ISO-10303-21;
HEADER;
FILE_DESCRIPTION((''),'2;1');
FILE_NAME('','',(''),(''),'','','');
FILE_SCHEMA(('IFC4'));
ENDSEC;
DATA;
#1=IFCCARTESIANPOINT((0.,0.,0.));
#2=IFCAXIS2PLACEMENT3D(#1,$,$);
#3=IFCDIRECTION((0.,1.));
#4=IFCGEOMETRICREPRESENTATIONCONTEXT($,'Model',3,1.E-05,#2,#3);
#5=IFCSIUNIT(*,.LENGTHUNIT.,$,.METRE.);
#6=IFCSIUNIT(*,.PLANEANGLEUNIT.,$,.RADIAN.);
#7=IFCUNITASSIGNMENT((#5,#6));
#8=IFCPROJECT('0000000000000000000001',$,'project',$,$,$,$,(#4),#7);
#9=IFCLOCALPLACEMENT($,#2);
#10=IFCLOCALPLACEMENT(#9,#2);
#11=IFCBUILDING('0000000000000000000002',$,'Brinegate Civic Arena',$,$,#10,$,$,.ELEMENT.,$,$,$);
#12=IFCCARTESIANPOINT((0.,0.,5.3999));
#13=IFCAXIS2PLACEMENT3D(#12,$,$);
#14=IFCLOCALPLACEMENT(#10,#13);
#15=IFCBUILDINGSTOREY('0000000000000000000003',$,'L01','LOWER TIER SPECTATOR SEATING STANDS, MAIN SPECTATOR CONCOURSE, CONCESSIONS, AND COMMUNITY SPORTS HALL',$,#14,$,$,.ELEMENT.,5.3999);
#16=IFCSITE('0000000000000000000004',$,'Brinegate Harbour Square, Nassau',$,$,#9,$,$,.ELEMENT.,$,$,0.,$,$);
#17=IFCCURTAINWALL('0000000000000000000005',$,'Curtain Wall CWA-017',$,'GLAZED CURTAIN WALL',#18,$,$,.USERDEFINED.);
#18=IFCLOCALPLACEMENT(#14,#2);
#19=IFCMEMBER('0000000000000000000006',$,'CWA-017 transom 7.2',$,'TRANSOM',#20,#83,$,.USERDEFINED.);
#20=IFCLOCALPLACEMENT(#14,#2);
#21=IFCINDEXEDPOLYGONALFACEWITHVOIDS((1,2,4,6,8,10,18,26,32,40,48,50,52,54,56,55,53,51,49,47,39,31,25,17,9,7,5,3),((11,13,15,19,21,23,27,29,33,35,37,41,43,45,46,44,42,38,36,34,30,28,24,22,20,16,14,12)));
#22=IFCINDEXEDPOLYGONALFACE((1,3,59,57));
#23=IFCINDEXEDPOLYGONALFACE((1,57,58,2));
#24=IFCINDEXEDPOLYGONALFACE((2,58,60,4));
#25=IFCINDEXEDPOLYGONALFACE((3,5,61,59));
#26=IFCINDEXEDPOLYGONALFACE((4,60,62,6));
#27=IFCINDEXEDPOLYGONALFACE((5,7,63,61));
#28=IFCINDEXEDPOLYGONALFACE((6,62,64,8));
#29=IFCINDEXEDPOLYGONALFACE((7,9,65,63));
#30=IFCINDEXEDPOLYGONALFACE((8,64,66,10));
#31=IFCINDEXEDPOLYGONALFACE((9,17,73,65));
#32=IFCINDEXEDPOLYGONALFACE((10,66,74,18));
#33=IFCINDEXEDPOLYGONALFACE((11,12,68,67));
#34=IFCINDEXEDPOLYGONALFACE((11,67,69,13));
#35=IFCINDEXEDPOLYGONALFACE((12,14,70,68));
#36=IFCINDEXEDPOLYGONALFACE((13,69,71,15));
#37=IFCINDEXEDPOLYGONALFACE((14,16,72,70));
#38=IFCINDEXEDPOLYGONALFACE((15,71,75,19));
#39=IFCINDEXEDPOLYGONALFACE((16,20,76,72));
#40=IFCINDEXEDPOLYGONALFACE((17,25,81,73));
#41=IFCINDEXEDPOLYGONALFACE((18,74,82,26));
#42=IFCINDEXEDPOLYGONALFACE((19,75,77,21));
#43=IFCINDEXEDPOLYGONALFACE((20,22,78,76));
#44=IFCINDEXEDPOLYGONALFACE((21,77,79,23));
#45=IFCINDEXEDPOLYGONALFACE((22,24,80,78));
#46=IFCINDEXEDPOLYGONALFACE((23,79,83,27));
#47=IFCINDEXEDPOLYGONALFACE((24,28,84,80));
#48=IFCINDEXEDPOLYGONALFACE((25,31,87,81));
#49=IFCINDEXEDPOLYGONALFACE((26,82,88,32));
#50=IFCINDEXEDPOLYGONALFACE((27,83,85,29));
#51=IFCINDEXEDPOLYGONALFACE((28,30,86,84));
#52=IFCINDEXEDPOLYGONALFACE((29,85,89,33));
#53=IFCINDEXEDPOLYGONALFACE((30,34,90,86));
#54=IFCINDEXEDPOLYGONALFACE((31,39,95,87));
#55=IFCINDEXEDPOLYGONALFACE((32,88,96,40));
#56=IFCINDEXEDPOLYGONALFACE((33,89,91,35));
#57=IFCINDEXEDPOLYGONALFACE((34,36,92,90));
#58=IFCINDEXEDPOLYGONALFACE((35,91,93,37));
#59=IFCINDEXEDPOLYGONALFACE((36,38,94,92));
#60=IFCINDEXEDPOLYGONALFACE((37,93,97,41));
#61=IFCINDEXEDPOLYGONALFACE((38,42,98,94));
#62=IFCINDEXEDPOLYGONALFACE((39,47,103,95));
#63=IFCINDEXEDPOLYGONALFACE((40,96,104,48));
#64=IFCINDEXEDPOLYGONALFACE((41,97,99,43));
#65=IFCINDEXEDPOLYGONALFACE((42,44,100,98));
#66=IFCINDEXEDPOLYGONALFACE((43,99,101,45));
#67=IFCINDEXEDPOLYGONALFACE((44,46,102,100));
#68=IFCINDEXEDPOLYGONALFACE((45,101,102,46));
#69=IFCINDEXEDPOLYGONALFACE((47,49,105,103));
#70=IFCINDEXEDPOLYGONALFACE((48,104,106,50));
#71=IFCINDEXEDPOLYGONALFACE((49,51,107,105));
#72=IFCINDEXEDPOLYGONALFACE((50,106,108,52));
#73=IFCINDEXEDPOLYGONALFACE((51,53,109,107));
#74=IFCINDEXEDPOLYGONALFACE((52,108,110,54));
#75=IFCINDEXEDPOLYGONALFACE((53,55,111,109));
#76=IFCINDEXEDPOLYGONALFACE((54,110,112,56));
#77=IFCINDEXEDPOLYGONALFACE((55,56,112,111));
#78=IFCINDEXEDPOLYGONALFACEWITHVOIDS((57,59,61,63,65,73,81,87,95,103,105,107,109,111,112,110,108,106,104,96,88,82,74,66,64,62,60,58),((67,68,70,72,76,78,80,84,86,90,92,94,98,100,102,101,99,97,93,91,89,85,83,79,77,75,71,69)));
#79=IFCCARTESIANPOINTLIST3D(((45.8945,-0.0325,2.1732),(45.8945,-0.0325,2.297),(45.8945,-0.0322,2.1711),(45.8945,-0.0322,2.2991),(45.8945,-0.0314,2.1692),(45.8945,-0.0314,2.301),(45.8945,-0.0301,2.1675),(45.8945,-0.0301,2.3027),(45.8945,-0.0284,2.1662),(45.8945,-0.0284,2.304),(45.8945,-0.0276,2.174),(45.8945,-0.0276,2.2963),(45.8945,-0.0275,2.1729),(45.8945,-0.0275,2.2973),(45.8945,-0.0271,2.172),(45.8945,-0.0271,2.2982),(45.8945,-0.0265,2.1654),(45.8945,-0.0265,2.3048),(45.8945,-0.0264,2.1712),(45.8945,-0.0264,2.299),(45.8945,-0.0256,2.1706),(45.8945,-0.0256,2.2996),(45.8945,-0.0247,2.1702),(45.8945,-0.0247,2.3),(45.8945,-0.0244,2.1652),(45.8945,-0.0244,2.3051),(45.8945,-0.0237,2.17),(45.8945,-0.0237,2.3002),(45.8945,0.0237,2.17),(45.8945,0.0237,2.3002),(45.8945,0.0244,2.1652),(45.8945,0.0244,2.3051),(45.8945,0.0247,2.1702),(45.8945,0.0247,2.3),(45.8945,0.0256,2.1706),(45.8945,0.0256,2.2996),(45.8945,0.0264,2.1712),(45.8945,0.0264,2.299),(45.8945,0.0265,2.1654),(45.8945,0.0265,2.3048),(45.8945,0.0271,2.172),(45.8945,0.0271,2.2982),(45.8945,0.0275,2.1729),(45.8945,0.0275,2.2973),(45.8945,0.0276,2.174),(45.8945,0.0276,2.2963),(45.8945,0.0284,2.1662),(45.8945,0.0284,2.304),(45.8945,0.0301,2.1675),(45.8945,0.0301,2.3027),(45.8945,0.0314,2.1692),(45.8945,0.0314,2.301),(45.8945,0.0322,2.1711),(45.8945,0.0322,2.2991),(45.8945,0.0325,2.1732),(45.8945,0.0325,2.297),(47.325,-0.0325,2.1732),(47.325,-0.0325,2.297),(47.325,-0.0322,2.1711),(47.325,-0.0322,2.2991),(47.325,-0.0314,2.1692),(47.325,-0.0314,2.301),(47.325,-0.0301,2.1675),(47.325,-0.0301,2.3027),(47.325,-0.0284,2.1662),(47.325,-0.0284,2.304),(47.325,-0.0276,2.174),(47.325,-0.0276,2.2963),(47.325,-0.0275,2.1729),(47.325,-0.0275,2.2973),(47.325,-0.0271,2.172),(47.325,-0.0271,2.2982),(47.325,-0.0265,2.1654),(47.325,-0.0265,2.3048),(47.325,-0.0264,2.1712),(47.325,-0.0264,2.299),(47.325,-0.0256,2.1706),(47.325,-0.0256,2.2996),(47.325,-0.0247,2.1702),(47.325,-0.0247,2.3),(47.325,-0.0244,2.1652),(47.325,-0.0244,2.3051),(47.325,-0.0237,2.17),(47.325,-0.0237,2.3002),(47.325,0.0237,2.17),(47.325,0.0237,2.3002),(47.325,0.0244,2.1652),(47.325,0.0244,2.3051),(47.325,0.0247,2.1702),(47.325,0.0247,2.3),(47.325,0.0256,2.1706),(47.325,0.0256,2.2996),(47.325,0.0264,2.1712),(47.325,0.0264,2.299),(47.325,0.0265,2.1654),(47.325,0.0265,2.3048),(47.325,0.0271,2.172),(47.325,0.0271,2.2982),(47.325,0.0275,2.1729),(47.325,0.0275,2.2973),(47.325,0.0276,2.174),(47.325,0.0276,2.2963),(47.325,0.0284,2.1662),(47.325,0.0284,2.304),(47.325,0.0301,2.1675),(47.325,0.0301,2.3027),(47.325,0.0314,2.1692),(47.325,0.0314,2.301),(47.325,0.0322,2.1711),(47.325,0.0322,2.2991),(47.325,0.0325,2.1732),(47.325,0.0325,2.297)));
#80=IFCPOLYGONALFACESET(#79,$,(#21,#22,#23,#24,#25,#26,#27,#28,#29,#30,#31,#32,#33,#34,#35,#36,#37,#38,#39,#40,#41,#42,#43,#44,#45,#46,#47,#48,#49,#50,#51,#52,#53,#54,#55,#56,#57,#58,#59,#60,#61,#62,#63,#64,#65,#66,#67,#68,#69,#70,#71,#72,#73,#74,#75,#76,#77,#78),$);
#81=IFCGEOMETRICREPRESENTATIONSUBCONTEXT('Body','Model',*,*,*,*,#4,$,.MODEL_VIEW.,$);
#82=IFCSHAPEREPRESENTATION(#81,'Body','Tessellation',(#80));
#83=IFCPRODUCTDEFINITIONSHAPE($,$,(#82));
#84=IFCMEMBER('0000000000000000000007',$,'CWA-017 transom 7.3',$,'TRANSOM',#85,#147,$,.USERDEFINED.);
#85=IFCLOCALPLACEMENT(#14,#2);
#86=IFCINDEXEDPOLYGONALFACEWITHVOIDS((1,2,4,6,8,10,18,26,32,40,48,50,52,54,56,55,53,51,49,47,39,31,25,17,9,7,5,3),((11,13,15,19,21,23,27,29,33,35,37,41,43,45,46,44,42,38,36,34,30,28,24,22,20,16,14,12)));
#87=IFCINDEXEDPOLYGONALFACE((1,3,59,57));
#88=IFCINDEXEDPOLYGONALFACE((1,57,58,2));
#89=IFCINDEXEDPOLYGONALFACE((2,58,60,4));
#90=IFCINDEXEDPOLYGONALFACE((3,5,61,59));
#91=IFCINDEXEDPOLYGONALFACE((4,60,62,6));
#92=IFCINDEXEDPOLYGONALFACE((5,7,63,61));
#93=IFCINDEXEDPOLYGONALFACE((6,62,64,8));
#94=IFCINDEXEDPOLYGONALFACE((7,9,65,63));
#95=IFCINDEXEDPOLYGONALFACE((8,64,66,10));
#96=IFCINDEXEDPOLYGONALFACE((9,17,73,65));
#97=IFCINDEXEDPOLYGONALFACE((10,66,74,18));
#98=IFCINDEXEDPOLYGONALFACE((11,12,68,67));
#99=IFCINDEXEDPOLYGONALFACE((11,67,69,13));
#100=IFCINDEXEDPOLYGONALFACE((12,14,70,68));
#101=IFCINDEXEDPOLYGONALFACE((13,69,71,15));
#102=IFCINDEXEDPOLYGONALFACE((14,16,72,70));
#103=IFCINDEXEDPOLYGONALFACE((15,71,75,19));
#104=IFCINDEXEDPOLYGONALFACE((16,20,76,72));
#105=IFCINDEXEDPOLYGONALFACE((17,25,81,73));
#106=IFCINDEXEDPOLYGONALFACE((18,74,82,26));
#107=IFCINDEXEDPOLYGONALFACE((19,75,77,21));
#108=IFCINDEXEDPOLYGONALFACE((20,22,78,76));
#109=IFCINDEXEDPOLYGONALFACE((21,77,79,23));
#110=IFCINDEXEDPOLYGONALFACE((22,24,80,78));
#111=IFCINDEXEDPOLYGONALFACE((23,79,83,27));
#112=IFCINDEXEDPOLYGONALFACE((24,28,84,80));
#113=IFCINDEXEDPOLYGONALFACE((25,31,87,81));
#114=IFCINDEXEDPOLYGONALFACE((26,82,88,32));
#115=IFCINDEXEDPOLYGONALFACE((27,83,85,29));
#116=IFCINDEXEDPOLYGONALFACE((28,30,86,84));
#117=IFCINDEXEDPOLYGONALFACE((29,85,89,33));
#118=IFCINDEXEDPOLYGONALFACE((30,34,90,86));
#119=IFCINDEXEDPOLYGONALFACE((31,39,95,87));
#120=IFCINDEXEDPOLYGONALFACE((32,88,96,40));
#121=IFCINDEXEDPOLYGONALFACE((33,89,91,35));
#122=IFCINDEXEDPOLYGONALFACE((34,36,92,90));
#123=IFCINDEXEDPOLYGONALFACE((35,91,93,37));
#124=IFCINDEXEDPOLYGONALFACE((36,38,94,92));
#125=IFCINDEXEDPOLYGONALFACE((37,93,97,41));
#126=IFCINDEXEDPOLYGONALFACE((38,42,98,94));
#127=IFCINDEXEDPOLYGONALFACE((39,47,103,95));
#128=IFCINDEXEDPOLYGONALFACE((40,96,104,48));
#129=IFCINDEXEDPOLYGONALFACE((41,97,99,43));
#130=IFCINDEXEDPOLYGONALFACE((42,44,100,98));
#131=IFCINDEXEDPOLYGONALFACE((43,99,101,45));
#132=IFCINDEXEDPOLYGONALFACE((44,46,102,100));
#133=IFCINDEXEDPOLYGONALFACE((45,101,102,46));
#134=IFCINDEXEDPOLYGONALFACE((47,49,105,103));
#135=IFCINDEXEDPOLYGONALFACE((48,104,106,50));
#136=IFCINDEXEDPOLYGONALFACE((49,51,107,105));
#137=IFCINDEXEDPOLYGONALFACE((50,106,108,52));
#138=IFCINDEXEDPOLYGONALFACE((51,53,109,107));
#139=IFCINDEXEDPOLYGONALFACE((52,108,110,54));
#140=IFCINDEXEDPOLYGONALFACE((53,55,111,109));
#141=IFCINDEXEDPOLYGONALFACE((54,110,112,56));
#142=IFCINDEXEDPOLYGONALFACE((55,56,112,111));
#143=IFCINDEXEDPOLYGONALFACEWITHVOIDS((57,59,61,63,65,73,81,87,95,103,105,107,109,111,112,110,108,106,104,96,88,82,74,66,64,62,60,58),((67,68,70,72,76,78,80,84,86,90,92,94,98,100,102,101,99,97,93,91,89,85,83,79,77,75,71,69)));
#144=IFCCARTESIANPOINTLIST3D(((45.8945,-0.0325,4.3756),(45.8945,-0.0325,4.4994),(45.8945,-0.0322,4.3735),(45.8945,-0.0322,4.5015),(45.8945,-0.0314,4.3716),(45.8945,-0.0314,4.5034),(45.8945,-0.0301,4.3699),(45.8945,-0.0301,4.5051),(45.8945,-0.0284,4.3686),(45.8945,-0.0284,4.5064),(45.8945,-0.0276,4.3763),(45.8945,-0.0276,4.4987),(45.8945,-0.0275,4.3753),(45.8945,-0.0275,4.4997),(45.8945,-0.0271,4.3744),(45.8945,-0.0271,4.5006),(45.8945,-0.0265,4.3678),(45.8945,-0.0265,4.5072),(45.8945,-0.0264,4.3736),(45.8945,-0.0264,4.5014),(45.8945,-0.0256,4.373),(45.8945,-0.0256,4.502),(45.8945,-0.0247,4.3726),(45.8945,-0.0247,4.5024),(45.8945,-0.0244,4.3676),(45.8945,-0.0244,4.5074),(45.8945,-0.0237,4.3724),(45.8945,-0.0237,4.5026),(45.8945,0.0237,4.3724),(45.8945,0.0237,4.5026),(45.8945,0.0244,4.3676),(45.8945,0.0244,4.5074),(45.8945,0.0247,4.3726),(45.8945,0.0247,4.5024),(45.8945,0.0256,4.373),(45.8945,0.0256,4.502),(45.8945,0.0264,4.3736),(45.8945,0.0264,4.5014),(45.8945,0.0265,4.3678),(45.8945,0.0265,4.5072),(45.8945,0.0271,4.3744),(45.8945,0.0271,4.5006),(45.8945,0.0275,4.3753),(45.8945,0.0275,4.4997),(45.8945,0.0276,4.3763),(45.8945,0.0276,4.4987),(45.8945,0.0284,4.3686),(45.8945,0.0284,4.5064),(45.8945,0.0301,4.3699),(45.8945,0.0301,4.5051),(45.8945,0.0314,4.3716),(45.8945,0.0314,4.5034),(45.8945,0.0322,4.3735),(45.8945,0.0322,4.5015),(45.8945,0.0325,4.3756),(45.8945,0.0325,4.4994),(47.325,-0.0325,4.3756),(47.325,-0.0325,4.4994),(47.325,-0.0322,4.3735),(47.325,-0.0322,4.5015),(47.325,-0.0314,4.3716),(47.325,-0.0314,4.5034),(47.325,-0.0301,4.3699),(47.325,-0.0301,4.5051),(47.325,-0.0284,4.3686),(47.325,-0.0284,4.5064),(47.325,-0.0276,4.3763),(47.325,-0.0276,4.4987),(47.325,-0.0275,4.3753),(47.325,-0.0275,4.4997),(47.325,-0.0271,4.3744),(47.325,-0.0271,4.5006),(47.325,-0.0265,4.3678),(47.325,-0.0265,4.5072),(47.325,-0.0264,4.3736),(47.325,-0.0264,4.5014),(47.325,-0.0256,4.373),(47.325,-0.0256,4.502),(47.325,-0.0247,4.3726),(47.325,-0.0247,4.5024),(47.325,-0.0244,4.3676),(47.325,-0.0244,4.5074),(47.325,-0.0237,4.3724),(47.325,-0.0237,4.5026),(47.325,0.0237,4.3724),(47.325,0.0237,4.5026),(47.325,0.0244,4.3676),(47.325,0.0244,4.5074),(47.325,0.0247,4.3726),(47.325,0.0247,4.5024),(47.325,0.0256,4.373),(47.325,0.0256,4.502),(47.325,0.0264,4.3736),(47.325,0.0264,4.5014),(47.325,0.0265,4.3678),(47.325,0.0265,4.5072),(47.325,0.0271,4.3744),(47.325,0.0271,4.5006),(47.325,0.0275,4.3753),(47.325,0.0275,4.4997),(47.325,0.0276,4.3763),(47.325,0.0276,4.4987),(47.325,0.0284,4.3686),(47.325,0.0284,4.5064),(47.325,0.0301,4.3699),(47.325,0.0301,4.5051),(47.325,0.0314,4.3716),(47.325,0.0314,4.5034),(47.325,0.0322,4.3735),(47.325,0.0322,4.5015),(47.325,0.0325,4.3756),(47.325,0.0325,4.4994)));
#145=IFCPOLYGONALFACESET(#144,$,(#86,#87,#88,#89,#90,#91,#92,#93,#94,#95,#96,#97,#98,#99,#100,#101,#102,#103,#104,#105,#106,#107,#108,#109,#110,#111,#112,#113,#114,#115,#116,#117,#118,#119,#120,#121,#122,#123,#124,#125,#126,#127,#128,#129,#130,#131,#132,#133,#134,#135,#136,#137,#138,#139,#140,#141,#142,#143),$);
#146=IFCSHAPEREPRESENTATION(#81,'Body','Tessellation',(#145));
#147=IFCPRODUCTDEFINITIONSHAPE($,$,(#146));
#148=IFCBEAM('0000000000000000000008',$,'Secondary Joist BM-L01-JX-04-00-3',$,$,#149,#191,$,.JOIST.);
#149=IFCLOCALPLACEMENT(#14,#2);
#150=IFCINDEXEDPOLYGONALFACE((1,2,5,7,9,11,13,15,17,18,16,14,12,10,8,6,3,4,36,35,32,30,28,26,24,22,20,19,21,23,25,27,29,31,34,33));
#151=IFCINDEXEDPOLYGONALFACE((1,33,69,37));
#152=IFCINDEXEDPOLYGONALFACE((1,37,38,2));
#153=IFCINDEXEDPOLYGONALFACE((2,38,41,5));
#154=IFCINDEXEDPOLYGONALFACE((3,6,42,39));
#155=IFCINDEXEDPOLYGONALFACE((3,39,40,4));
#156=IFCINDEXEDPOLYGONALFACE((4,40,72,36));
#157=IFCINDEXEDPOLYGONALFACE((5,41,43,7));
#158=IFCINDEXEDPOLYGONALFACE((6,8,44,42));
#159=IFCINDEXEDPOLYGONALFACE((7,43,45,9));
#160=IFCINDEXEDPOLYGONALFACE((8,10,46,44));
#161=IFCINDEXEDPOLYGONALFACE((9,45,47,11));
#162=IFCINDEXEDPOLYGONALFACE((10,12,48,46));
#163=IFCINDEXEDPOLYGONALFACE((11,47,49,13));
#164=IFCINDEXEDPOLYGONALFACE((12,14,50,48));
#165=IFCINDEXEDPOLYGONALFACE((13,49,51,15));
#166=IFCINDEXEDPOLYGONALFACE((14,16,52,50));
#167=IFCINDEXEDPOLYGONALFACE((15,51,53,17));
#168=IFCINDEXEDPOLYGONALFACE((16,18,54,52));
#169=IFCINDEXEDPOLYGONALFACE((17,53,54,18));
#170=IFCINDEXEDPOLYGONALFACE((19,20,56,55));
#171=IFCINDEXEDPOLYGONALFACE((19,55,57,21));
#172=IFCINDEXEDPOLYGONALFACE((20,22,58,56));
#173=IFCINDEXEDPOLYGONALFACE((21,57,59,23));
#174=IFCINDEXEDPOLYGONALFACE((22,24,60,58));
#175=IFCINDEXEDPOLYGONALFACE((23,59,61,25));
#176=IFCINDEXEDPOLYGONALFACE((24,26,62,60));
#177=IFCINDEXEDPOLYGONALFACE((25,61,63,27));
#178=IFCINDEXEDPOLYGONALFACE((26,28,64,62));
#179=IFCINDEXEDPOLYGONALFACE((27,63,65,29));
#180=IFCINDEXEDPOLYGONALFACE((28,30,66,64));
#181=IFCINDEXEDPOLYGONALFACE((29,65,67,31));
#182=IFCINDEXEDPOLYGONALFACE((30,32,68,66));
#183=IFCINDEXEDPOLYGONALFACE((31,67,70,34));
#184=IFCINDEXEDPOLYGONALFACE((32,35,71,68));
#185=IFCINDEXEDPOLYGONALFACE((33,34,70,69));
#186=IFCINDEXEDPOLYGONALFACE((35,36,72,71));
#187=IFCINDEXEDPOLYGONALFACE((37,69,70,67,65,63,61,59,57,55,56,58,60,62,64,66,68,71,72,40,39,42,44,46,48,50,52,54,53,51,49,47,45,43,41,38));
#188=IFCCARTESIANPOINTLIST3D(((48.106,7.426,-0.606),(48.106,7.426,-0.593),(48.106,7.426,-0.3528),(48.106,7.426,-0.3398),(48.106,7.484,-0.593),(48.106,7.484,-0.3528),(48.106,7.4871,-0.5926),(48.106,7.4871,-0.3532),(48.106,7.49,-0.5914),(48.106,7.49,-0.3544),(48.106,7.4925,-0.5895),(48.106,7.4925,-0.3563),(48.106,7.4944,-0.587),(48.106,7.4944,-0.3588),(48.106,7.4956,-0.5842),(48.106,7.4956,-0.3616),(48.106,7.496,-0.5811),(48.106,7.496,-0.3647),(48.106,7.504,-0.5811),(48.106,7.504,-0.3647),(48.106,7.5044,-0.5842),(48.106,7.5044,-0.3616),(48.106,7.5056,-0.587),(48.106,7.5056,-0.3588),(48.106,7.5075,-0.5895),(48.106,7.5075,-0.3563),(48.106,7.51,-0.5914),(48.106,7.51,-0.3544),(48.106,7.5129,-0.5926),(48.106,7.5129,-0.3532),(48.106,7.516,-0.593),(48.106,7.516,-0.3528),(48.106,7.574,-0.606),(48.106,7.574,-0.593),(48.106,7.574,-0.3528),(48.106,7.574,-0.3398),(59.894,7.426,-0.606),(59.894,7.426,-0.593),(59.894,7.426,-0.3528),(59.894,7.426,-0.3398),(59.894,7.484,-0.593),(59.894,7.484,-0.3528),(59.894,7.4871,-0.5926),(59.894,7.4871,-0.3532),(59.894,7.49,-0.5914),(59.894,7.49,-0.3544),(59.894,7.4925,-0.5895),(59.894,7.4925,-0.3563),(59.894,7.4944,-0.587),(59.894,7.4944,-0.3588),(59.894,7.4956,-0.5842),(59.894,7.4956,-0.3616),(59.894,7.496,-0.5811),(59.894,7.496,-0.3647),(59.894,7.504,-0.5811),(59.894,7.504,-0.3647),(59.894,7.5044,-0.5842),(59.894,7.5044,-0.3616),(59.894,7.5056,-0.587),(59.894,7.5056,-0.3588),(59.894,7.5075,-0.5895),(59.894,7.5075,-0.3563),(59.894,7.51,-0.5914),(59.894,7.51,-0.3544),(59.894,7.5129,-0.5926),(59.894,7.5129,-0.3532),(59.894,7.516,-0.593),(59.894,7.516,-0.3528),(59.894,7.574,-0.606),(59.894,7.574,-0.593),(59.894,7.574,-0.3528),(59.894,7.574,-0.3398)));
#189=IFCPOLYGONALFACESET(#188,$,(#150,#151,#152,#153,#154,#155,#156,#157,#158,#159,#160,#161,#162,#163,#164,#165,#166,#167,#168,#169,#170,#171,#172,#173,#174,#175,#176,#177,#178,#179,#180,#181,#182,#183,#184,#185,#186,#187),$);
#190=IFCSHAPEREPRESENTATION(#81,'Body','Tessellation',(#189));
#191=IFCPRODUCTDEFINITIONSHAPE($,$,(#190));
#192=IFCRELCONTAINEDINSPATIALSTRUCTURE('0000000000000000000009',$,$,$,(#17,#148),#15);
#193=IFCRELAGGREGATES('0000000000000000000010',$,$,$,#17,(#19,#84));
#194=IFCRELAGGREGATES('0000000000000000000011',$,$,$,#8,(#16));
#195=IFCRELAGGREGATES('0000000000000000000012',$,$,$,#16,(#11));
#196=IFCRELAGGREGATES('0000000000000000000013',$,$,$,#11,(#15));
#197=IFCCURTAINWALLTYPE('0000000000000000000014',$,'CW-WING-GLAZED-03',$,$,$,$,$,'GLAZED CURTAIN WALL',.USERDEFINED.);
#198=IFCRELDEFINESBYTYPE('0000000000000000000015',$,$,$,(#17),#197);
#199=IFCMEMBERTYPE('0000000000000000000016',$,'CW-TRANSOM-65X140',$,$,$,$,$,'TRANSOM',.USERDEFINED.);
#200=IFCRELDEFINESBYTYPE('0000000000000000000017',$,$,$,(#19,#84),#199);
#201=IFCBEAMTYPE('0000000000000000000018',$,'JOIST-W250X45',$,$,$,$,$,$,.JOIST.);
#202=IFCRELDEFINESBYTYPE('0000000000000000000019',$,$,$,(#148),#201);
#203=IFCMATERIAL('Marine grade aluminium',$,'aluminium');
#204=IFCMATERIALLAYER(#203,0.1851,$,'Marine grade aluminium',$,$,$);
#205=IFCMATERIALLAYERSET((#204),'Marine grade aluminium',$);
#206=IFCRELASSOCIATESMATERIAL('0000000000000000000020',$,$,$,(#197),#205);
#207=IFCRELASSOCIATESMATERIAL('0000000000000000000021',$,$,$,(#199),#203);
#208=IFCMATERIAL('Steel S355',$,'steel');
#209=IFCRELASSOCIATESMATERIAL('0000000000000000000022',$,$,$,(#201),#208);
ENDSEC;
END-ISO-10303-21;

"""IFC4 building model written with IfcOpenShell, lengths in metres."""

from ifc_helpers import new_model, si_unit, direction, frame, origin, origin_2d, place, context, subcontext, project, spatial, hollow_rectangle, i_section, extrude, material, layer, layer_set, material_profile, profile_set, type_object, element, aggregate, save


model = new_model("IFC4")

# Units and contexts
model_context = context("Model", 3, precision=1e-05, world=origin(), true_north=direction((0.0, 1.0)))
body_context = subcontext(model_context, "Body", "Model", "MODEL_VIEW")
ifc_project = project(units=[si_unit("LENGTHUNIT", "METRE"), si_unit("PLANEANGLEUNIT", "RADIAN")], contexts=[model_context])

# Site, building, storey
site_placement = place(None, origin())
site = spatial("IfcSite", under=ifc_project, at=site_placement, Name="Brinegate Harbour Square, Nassau", CompositionType="ELEMENT", RefElevation=0.0)
building_placement = place(site_placement, origin())
building = spatial("IfcBuilding", under=site, at=building_placement, Name="Brinegate Civic Arena", CompositionType="ELEMENT")
storey_placement = place(building_placement, frame((0.0, 0.0, 5.3999)))
storey = spatial("IfcBuildingStorey", under=building, at=storey_placement, Name="L01", Description="LOWER TIER SPECTATOR SEATING STANDS, MAIN SPECTATOR CONCOURSE, CONCESSIONS, AND COMMUNITY SPORTS HALL", CompositionType="ELEMENT", Elevation=5.3999)

# Curtain wall
ifc_material_1 = material(Name="Marine grade aluminium", Category="aluminium")
ifc_layer_1 = layer(ifc_material_1, 0.1851, Name="Marine grade aluminium")
ifc_layer_set_1 = layer_set([ifc_layer_1], Name="Marine grade aluminium")
curtain_wall_type_1 = type_object("IfcCurtainWallType", Name="CW-WING-GLAZED-03", ElementType="GLAZED CURTAIN WALL", PredefinedType="USERDEFINED", material=ifc_layer_set_1)
curtain_wall_1_placement = place(storey_placement, origin())
curtain_wall_1 = element("IfcCurtainWall", 1, at=curtain_wall_1_placement, inside=storey, type_object=curtain_wall_type_1, Name="Curtain Wall CWA-017", ObjectType="GLAZED CURTAIN WALL", PredefinedType="USERDEFINED")

# Members
ifc_material_profile_1 = material_profile(ifc_material_1, hollow_rectangle(XDim=0.0649, YDim=0.1399, WallThickness=0.0049, InnerFilletRadius=0.0039, OuterFilletRadius=0.0081, at=origin_2d()), Name="TRN65X140")
ifc_profile_set_1 = profile_set([ifc_material_profile_1], Name="Marine grade aluminium")
member_type_1 = type_object("IfcMemberType", Name="CW-TRANSOM-65X140", ElementType="TRANSOM", PredefinedType="USERDEFINED", material=ifc_profile_set_1)
member_1_placement = place(storey_placement, frame((45.8945, 0.0, 2.2351), z_axis=(1.0, 0.0, 0.0), x_axis=(0.0, 1.0, 0.0)))
member_1 = element("IfcMember", 2, at=member_1_placement, type_object=member_type_1, Name="CWA-017 transom 7.2", ObjectType="TRANSOM", PredefinedType="USERDEFINED", context=body_context, shape_type="SweptSolid", body=[
    extrude(hollow_rectangle(XDim=0.0649, YDim=0.1399, WallThickness=0.0049, InnerFilletRadius=0.0039, OuterFilletRadius=0.0081, at=origin_2d()), origin(), (0.0, 0.0, 1.0), 1.4304),
])
member_2_placement = place(storey_placement, frame((45.8945, 0.0, 4.4375), z_axis=(1.0, 0.0, 0.0), x_axis=(0.0, 1.0, 0.0)))
member_2 = element("IfcMember", 3, at=member_2_placement, type_object=member_type_1, Name="CWA-017 transom 7.3", ObjectType="TRANSOM", PredefinedType="USERDEFINED", context=body_context, shape_type="SweptSolid", body=[
    extrude(hollow_rectangle(XDim=0.0649, YDim=0.1399, WallThickness=0.0049, InnerFilletRadius=0.0039, OuterFilletRadius=0.0081, at=origin_2d()), origin(), (0.0, 0.0, 1.0), 1.4304),
])

# Beam
ifc_material_2 = material(Name="Steel S355", Category="steel")
ifc_material_profile_2 = material_profile(ifc_material_2, i_section(OverallWidth=0.1479, OverallDepth=0.2661, WebThickness=0.0081, FlangeThickness=0.0129, FilletRadius=0.012, at=origin_2d()), Name="W250X45")
ifc_profile_set_2 = profile_set([ifc_material_profile_2], Name="Steel S355")
beam_type_1 = type_object("IfcBeamType", Name="JOIST-W250X45", PredefinedType="JOIST", material=ifc_profile_set_2)
beam_1_placement = place(storey_placement, frame((48.106, 7.5, -0.4729), z_axis=(1.0, 0.0, 0.0), x_axis=(0.0, 1.0, 0.0)))
element("IfcBeam", 4, at=beam_1_placement, inside=storey, type_object=beam_type_1, Name="Secondary Joist BM-L01-JX-04-00-3", PredefinedType="JOIST", context=body_context, shape_type="SweptSolid", body=[
    extrude(i_section(OverallWidth=0.1479, OverallDepth=0.2661, WebThickness=0.0081, FlangeThickness=0.0129, FilletRadius=0.012, at=origin_2d()), origin(), (0.0, 0.0, 1.0), 11.7881),
])

aggregate(curtain_wall_1, [member_1, member_2])

save(model, "model.ifc")
